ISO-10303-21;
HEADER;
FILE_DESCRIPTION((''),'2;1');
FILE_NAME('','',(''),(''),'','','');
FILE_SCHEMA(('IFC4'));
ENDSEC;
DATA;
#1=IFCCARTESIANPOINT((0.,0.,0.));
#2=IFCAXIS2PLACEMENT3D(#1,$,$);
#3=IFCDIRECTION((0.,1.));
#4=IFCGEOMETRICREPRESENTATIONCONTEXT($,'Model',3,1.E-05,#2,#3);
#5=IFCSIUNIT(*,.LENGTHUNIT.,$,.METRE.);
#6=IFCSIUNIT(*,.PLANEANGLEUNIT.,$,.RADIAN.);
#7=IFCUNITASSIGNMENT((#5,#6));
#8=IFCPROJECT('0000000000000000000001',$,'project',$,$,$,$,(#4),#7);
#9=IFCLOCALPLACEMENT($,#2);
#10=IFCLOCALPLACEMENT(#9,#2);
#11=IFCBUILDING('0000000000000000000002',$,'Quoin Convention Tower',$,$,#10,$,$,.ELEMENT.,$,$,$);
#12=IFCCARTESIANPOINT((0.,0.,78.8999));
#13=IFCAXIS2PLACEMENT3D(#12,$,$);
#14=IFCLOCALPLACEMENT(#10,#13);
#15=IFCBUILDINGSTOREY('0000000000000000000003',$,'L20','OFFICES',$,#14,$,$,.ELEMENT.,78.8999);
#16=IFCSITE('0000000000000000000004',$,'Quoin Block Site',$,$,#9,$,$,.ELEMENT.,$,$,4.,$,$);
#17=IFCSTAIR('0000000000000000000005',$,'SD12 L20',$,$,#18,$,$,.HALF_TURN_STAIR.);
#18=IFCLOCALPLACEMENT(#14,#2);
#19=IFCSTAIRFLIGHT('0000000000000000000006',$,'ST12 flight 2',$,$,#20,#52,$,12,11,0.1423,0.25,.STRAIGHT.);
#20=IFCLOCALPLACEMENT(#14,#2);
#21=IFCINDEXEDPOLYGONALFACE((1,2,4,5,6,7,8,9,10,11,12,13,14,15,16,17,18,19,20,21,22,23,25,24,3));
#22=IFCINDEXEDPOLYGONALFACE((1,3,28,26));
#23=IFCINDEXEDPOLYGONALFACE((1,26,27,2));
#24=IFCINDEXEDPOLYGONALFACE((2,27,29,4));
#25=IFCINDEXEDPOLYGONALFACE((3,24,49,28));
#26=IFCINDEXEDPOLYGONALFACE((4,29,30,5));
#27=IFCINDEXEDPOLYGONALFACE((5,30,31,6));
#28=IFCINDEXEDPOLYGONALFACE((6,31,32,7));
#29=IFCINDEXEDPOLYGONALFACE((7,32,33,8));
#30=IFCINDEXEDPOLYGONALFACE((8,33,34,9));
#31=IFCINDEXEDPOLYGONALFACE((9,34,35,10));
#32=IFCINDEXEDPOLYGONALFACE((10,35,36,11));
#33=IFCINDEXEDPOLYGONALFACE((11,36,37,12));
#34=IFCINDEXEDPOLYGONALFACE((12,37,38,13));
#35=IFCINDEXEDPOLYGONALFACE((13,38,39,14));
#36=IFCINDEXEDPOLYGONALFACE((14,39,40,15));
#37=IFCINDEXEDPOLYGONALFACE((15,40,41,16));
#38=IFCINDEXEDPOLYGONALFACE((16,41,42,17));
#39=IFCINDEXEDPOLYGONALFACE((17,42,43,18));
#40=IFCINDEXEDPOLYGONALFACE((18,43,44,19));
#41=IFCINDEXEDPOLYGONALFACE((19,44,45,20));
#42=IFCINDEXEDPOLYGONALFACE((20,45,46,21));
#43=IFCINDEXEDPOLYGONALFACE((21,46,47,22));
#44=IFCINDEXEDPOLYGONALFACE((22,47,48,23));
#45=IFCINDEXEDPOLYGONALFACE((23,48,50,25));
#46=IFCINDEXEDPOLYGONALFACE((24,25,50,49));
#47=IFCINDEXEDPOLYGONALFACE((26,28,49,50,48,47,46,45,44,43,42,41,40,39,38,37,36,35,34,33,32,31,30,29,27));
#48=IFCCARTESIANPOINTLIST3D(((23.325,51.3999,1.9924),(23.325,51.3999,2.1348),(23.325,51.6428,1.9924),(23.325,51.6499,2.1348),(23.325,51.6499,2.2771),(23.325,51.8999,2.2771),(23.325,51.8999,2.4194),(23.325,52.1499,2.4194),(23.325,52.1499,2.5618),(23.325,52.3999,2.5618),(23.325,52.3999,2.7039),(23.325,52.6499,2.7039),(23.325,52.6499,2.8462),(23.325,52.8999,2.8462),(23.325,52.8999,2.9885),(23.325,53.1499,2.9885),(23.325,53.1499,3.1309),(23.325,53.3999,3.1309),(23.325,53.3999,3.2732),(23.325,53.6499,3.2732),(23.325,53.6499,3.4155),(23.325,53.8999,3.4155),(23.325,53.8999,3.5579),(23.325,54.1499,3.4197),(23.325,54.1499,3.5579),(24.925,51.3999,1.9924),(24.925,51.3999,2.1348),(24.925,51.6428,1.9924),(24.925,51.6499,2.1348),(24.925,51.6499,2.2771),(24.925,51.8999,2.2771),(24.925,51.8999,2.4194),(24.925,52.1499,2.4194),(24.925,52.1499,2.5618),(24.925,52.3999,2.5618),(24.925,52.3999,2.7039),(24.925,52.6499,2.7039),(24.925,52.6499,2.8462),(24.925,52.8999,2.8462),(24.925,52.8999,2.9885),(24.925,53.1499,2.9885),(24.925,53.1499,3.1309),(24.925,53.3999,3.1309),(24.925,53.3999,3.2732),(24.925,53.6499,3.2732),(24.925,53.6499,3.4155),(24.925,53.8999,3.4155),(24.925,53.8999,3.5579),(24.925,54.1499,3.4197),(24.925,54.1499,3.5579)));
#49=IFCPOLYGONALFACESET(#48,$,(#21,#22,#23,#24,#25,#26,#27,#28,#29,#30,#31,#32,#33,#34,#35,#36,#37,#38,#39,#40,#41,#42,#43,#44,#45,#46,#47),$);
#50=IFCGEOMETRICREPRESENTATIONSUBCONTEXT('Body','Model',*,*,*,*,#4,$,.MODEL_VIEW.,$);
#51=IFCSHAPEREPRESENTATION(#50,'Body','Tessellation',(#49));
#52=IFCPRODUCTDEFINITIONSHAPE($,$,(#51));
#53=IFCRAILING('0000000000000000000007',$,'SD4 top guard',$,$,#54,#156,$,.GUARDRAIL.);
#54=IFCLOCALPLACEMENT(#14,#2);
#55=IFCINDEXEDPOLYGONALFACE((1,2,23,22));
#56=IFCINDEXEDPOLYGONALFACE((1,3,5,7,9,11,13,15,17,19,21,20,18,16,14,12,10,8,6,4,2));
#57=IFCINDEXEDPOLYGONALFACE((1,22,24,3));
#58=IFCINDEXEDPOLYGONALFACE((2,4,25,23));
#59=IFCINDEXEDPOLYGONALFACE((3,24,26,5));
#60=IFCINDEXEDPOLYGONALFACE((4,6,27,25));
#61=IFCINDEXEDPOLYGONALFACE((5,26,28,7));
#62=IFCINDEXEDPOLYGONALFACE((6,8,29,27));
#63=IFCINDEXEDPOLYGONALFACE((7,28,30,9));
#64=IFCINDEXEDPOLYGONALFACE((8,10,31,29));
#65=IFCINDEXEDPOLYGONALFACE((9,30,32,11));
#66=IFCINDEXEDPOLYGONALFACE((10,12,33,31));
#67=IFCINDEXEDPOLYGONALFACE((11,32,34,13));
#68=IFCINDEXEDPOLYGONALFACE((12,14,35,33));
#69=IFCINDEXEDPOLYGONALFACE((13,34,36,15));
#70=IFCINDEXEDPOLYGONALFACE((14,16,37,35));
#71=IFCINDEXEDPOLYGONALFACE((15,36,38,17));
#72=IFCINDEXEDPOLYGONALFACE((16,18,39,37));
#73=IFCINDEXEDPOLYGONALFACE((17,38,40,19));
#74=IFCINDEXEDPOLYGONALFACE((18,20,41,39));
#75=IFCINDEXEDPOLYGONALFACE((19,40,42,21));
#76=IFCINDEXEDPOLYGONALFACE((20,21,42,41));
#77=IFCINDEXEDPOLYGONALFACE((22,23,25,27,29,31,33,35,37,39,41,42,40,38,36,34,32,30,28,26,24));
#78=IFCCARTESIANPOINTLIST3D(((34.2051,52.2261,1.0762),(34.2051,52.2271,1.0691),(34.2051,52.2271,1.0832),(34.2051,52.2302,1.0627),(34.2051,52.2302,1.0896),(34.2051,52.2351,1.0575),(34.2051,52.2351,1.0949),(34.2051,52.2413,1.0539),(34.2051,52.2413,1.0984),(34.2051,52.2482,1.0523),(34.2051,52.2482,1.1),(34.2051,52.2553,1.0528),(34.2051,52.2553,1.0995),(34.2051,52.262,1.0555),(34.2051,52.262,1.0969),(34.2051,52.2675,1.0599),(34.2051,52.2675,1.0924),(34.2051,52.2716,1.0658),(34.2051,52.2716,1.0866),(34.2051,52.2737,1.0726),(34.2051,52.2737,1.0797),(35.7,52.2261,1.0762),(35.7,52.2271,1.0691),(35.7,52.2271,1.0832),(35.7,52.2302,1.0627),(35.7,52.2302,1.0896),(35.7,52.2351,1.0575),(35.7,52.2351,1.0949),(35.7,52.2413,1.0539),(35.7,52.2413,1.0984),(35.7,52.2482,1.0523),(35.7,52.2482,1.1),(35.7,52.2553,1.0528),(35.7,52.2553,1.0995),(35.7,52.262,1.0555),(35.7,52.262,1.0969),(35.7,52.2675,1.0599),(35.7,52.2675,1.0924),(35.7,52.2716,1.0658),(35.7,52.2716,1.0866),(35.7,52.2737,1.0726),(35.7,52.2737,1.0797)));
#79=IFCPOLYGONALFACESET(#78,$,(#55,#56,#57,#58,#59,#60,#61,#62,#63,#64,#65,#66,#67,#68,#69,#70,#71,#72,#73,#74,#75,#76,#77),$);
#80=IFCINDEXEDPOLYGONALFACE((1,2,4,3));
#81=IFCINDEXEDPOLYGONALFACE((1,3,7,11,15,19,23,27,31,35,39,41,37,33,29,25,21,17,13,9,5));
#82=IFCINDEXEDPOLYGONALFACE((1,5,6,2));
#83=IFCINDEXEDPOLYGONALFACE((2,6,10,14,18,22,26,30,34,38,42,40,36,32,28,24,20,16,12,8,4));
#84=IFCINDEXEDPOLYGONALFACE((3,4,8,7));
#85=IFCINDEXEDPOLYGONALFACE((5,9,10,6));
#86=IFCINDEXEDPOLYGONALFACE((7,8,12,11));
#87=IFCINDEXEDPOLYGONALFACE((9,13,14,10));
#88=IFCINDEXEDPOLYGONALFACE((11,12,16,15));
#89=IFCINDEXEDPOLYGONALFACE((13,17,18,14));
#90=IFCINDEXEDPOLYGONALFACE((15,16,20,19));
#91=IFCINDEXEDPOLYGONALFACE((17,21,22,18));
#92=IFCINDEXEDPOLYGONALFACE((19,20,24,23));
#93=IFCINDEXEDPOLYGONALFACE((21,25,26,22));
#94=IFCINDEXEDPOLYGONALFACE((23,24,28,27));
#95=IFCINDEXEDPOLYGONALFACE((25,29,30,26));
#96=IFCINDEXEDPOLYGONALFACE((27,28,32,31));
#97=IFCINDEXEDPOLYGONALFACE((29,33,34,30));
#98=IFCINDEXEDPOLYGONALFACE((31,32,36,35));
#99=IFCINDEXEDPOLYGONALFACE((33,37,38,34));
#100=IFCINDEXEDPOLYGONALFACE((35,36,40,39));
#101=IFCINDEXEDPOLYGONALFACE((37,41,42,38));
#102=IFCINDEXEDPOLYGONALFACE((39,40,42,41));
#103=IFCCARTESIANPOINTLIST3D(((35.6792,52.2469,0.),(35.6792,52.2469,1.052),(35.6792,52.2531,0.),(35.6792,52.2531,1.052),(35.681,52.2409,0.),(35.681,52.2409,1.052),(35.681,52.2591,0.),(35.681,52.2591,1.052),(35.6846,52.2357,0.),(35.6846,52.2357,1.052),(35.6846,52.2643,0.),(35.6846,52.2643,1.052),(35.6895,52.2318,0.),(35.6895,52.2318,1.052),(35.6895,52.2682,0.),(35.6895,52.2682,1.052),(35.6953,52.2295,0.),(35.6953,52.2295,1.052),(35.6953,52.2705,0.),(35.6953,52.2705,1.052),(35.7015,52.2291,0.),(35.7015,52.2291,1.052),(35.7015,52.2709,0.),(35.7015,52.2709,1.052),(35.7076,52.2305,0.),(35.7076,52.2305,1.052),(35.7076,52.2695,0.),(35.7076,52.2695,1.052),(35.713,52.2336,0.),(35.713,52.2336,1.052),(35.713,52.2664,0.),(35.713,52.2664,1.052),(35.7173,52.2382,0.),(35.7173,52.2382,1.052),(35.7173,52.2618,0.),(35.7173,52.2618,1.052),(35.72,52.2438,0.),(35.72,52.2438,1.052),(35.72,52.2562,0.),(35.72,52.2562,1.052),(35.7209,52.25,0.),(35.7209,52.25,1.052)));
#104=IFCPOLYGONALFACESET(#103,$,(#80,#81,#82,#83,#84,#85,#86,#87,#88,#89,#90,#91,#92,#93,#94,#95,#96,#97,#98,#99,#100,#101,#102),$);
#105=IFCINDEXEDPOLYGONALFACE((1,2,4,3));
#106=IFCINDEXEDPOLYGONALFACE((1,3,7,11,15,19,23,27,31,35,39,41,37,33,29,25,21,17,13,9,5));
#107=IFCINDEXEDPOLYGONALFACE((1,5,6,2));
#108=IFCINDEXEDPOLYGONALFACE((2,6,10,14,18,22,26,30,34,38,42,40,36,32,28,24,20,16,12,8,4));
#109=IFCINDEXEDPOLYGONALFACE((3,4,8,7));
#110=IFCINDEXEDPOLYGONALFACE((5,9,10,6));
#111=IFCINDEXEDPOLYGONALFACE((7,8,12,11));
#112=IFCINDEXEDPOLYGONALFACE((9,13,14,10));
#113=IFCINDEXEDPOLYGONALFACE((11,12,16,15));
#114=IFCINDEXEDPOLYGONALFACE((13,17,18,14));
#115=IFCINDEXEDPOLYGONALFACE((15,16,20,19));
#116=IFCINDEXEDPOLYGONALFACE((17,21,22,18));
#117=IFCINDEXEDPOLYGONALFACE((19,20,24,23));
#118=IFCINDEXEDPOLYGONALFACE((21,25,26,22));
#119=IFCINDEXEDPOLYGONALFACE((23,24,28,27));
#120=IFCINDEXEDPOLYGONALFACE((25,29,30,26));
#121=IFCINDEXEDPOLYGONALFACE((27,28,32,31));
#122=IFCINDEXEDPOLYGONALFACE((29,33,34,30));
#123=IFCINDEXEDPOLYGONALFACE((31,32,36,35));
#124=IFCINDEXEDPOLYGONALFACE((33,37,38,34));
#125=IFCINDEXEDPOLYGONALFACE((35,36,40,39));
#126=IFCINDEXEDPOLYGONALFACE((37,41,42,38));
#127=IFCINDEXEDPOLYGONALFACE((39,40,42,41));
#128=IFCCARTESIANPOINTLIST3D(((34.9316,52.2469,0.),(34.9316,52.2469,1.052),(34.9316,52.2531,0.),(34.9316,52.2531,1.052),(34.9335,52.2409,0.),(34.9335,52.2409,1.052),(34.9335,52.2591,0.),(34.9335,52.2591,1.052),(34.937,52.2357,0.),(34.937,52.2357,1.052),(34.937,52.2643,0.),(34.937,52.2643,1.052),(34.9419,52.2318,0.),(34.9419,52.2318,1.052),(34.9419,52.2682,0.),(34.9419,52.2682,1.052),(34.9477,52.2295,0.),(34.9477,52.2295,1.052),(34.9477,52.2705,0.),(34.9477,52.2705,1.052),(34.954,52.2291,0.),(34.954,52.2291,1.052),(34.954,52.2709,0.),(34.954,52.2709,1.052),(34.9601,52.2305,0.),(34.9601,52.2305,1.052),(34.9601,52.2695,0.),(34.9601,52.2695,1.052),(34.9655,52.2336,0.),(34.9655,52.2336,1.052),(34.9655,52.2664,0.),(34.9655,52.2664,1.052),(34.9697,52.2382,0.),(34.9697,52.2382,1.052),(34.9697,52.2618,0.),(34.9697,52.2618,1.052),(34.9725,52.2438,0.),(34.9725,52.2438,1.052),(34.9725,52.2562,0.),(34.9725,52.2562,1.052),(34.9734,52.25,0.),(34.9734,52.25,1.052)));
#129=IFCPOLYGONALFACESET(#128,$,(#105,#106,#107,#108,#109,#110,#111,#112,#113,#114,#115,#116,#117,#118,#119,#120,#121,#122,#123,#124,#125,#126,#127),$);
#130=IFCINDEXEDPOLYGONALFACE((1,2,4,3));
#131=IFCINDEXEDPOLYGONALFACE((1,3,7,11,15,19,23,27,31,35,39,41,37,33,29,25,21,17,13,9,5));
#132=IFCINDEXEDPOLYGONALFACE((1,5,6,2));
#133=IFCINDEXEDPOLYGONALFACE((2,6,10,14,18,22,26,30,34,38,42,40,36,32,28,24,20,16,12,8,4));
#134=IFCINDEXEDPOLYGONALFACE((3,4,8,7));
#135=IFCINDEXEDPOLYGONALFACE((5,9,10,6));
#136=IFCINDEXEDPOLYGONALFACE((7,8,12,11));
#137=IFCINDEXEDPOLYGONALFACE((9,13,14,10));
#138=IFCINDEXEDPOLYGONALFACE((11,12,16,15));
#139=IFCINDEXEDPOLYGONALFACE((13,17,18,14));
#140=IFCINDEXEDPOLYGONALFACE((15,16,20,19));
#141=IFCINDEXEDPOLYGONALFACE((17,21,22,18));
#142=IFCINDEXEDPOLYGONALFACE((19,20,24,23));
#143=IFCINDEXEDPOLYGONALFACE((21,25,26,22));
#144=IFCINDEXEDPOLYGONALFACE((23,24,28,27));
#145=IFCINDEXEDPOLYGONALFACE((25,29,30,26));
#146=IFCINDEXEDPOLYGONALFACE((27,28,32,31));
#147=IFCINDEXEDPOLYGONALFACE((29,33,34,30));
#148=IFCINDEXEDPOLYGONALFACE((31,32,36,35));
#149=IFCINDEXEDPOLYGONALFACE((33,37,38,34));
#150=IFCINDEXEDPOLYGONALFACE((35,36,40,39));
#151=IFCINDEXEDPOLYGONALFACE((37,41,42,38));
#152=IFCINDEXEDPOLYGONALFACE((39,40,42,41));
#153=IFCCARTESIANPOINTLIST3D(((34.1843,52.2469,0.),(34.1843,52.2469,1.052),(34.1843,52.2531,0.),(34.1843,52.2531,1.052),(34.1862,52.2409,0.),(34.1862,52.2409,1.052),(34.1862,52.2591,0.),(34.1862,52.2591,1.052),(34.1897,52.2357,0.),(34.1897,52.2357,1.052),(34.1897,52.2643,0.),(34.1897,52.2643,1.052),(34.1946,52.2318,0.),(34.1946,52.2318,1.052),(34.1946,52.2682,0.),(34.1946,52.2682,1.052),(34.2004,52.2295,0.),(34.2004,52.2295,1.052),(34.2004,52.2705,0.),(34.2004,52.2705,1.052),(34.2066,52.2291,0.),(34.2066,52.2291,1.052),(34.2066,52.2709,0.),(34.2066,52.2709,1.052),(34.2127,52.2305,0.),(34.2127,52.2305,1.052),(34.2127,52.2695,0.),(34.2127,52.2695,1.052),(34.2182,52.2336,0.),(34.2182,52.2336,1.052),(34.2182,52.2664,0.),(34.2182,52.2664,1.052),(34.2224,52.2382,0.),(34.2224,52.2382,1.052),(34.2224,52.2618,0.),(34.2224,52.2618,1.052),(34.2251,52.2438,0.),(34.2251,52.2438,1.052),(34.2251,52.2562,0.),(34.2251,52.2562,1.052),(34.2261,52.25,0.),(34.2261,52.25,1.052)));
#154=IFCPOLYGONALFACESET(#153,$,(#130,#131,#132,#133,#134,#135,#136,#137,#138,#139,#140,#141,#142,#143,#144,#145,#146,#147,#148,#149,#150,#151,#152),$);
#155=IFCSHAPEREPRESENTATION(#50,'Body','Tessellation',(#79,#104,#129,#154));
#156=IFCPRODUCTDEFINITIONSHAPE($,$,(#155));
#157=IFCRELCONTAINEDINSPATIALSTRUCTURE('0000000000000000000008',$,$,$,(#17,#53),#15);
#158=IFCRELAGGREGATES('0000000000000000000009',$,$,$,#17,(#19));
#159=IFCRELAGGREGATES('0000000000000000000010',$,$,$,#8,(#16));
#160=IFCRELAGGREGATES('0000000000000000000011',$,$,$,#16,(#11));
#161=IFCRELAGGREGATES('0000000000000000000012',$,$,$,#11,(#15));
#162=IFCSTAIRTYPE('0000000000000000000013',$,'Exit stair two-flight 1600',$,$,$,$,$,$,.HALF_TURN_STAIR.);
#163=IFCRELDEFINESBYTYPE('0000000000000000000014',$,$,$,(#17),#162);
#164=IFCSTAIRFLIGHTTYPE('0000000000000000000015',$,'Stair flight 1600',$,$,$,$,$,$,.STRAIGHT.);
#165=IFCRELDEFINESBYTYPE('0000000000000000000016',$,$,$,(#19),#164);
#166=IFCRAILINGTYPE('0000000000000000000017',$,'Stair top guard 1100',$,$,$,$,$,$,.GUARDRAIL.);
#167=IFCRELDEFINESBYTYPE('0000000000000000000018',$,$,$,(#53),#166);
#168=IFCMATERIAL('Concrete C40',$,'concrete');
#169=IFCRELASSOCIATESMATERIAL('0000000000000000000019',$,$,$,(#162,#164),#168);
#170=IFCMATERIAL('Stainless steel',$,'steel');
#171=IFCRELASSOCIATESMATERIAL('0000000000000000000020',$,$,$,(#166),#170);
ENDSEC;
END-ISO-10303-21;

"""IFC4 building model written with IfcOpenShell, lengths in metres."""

from ifc_helpers import new_model, si_unit, direction, frame, origin, origin_2d, place, context, subcontext, project, spatial, polyline, circle, outline, extrude, material, type_object, element, aggregate, save


model = new_model("IFC4")

# Units and contexts
model_context = context("Model", 3, precision=1e-05, world=origin(), true_north=direction((0.0, 1.0)))
body_context = subcontext(model_context, "Body", "Model", "MODEL_VIEW")
ifc_project = project(units=[si_unit("LENGTHUNIT", "METRE"), si_unit("PLANEANGLEUNIT", "RADIAN")], contexts=[model_context])

# Site, building, storey
site_placement = place(None, origin())
site = spatial("IfcSite", under=ifc_project, at=site_placement, Name="Quoin Block Site", CompositionType="ELEMENT", RefElevation=4.0)
building_placement = place(site_placement, origin())
building = spatial("IfcBuilding", under=site, at=building_placement, Name="Quoin Convention Tower", CompositionType="ELEMENT")
storey_placement = place(building_placement, frame((0.0, 0.0, 78.8999)))
storey = spatial("IfcBuildingStorey", under=building, at=storey_placement, Name="L20", Description="OFFICES", CompositionType="ELEMENT", Elevation=78.8999)

# Shared definitions
ifc_material_1 = material(Name="Concrete C40", Category="concrete")

# Stair, stair flight
stair_type_1 = type_object("IfcStairType", Name="Exit stair two-flight 1600", PredefinedType="HALF_TURN_STAIR", material=ifc_material_1)
stair_flight_type_1 = type_object("IfcStairFlightType", Name="Stair flight 1600", PredefinedType="STRAIGHT", material=ifc_material_1)
stair_1_placement = place(storey_placement, origin())
stair_1 = element("IfcStair", 1, at=stair_1_placement, inside=storey, type_object=stair_type_1, Name="SD12 L20", PredefinedType="HALF_TURN_STAIR")
stair_flight_1_placement = place(storey_placement, frame((24.125, 51.3999, 1.9924), z_axis=(0.0, 0.0, 1.0), x_axis=(0.0, 1.0, 0.0)))
stair_flight_1 = element("IfcStairFlight", 2, at=stair_flight_1_placement, type_object=stair_flight_type_1, Name="ST12 flight 2", NumberOfRisers=12, NumberOfTreads=11, PredefinedType="STRAIGHT", RiserHeight=0.1423, TreadLength=0.25, context=body_context, shape_type="SweptSolid", body=[
    extrude(outline(polyline([(0.0, 0.0), (0.0, 0.1423), (0.25, 0.1423), (0.25, 0.2847), (0.5, 0.2847), (0.5, 0.427), (0.75, 0.427), (0.75, 0.5693), (1.0, 0.5693), (1.0, 0.7114), (1.25, 0.7114), (1.25, 0.8538), (1.5, 0.8538), (1.5, 0.9961), (1.75, 0.9961), (1.75, 1.1384), (2.0, 1.1384), (2.0, 1.2808), (2.25, 1.2808), (2.25, 1.4231), (2.5, 1.4231), (2.5, 1.5654), (2.75, 1.5654), (2.75, 1.7078), (2.75, 1.4272), (0.2429, 0.0), (0.0, 0.0)])), frame((0.0, 0.8, 0.0), z_axis=(0.0, -1.0, 0.0), x_axis=(1.0, 0.0, 0.0)), (0.0, 0.0, 1.0), 1.6001),
])
aggregate(stair_1, [stair_flight_1])

# Railing
ifc_material_2 = material(Name="Stainless steel", Category="steel")
railing_type_1 = type_object("IfcRailingType", Name="Stair top guard 1100", PredefinedType="GUARDRAIL", material=ifc_material_2)
railing_1_placement = place(storey_placement, frame((35.7, 52.25, 0.0)))
element("IfcRailing", 3, at=railing_1_placement, inside=storey, type_object=railing_type_1, Name="SD4 top guard", PredefinedType="GUARDRAIL", context=body_context, shape_type="SweptSolid", body=[
    extrude(circle(Radius=0.0239, at=origin_2d()), frame((0.0, 0.0, 1.0762), z_axis=(-1.0, 0.0, 0.0), x_axis=(0.0, -1.0, 0.0)), (0.0, 0.0, 1.0), 1.4949),
    extrude(circle(Radius=0.021, at=origin_2d()), origin(), (0.0, 0.0, 1.0), 1.052),
    extrude(circle(Radius=0.021, at=origin_2d()), frame((-0.7476, 0.0, 0.0)), (0.0, 0.0, 1.0), 1.052),
    extrude(circle(Radius=0.021, at=origin_2d()), frame((-1.4949, 0.0, 0.0)), (0.0, 0.0, 1.0), 1.052),
])

save(model, "model.ifc")
